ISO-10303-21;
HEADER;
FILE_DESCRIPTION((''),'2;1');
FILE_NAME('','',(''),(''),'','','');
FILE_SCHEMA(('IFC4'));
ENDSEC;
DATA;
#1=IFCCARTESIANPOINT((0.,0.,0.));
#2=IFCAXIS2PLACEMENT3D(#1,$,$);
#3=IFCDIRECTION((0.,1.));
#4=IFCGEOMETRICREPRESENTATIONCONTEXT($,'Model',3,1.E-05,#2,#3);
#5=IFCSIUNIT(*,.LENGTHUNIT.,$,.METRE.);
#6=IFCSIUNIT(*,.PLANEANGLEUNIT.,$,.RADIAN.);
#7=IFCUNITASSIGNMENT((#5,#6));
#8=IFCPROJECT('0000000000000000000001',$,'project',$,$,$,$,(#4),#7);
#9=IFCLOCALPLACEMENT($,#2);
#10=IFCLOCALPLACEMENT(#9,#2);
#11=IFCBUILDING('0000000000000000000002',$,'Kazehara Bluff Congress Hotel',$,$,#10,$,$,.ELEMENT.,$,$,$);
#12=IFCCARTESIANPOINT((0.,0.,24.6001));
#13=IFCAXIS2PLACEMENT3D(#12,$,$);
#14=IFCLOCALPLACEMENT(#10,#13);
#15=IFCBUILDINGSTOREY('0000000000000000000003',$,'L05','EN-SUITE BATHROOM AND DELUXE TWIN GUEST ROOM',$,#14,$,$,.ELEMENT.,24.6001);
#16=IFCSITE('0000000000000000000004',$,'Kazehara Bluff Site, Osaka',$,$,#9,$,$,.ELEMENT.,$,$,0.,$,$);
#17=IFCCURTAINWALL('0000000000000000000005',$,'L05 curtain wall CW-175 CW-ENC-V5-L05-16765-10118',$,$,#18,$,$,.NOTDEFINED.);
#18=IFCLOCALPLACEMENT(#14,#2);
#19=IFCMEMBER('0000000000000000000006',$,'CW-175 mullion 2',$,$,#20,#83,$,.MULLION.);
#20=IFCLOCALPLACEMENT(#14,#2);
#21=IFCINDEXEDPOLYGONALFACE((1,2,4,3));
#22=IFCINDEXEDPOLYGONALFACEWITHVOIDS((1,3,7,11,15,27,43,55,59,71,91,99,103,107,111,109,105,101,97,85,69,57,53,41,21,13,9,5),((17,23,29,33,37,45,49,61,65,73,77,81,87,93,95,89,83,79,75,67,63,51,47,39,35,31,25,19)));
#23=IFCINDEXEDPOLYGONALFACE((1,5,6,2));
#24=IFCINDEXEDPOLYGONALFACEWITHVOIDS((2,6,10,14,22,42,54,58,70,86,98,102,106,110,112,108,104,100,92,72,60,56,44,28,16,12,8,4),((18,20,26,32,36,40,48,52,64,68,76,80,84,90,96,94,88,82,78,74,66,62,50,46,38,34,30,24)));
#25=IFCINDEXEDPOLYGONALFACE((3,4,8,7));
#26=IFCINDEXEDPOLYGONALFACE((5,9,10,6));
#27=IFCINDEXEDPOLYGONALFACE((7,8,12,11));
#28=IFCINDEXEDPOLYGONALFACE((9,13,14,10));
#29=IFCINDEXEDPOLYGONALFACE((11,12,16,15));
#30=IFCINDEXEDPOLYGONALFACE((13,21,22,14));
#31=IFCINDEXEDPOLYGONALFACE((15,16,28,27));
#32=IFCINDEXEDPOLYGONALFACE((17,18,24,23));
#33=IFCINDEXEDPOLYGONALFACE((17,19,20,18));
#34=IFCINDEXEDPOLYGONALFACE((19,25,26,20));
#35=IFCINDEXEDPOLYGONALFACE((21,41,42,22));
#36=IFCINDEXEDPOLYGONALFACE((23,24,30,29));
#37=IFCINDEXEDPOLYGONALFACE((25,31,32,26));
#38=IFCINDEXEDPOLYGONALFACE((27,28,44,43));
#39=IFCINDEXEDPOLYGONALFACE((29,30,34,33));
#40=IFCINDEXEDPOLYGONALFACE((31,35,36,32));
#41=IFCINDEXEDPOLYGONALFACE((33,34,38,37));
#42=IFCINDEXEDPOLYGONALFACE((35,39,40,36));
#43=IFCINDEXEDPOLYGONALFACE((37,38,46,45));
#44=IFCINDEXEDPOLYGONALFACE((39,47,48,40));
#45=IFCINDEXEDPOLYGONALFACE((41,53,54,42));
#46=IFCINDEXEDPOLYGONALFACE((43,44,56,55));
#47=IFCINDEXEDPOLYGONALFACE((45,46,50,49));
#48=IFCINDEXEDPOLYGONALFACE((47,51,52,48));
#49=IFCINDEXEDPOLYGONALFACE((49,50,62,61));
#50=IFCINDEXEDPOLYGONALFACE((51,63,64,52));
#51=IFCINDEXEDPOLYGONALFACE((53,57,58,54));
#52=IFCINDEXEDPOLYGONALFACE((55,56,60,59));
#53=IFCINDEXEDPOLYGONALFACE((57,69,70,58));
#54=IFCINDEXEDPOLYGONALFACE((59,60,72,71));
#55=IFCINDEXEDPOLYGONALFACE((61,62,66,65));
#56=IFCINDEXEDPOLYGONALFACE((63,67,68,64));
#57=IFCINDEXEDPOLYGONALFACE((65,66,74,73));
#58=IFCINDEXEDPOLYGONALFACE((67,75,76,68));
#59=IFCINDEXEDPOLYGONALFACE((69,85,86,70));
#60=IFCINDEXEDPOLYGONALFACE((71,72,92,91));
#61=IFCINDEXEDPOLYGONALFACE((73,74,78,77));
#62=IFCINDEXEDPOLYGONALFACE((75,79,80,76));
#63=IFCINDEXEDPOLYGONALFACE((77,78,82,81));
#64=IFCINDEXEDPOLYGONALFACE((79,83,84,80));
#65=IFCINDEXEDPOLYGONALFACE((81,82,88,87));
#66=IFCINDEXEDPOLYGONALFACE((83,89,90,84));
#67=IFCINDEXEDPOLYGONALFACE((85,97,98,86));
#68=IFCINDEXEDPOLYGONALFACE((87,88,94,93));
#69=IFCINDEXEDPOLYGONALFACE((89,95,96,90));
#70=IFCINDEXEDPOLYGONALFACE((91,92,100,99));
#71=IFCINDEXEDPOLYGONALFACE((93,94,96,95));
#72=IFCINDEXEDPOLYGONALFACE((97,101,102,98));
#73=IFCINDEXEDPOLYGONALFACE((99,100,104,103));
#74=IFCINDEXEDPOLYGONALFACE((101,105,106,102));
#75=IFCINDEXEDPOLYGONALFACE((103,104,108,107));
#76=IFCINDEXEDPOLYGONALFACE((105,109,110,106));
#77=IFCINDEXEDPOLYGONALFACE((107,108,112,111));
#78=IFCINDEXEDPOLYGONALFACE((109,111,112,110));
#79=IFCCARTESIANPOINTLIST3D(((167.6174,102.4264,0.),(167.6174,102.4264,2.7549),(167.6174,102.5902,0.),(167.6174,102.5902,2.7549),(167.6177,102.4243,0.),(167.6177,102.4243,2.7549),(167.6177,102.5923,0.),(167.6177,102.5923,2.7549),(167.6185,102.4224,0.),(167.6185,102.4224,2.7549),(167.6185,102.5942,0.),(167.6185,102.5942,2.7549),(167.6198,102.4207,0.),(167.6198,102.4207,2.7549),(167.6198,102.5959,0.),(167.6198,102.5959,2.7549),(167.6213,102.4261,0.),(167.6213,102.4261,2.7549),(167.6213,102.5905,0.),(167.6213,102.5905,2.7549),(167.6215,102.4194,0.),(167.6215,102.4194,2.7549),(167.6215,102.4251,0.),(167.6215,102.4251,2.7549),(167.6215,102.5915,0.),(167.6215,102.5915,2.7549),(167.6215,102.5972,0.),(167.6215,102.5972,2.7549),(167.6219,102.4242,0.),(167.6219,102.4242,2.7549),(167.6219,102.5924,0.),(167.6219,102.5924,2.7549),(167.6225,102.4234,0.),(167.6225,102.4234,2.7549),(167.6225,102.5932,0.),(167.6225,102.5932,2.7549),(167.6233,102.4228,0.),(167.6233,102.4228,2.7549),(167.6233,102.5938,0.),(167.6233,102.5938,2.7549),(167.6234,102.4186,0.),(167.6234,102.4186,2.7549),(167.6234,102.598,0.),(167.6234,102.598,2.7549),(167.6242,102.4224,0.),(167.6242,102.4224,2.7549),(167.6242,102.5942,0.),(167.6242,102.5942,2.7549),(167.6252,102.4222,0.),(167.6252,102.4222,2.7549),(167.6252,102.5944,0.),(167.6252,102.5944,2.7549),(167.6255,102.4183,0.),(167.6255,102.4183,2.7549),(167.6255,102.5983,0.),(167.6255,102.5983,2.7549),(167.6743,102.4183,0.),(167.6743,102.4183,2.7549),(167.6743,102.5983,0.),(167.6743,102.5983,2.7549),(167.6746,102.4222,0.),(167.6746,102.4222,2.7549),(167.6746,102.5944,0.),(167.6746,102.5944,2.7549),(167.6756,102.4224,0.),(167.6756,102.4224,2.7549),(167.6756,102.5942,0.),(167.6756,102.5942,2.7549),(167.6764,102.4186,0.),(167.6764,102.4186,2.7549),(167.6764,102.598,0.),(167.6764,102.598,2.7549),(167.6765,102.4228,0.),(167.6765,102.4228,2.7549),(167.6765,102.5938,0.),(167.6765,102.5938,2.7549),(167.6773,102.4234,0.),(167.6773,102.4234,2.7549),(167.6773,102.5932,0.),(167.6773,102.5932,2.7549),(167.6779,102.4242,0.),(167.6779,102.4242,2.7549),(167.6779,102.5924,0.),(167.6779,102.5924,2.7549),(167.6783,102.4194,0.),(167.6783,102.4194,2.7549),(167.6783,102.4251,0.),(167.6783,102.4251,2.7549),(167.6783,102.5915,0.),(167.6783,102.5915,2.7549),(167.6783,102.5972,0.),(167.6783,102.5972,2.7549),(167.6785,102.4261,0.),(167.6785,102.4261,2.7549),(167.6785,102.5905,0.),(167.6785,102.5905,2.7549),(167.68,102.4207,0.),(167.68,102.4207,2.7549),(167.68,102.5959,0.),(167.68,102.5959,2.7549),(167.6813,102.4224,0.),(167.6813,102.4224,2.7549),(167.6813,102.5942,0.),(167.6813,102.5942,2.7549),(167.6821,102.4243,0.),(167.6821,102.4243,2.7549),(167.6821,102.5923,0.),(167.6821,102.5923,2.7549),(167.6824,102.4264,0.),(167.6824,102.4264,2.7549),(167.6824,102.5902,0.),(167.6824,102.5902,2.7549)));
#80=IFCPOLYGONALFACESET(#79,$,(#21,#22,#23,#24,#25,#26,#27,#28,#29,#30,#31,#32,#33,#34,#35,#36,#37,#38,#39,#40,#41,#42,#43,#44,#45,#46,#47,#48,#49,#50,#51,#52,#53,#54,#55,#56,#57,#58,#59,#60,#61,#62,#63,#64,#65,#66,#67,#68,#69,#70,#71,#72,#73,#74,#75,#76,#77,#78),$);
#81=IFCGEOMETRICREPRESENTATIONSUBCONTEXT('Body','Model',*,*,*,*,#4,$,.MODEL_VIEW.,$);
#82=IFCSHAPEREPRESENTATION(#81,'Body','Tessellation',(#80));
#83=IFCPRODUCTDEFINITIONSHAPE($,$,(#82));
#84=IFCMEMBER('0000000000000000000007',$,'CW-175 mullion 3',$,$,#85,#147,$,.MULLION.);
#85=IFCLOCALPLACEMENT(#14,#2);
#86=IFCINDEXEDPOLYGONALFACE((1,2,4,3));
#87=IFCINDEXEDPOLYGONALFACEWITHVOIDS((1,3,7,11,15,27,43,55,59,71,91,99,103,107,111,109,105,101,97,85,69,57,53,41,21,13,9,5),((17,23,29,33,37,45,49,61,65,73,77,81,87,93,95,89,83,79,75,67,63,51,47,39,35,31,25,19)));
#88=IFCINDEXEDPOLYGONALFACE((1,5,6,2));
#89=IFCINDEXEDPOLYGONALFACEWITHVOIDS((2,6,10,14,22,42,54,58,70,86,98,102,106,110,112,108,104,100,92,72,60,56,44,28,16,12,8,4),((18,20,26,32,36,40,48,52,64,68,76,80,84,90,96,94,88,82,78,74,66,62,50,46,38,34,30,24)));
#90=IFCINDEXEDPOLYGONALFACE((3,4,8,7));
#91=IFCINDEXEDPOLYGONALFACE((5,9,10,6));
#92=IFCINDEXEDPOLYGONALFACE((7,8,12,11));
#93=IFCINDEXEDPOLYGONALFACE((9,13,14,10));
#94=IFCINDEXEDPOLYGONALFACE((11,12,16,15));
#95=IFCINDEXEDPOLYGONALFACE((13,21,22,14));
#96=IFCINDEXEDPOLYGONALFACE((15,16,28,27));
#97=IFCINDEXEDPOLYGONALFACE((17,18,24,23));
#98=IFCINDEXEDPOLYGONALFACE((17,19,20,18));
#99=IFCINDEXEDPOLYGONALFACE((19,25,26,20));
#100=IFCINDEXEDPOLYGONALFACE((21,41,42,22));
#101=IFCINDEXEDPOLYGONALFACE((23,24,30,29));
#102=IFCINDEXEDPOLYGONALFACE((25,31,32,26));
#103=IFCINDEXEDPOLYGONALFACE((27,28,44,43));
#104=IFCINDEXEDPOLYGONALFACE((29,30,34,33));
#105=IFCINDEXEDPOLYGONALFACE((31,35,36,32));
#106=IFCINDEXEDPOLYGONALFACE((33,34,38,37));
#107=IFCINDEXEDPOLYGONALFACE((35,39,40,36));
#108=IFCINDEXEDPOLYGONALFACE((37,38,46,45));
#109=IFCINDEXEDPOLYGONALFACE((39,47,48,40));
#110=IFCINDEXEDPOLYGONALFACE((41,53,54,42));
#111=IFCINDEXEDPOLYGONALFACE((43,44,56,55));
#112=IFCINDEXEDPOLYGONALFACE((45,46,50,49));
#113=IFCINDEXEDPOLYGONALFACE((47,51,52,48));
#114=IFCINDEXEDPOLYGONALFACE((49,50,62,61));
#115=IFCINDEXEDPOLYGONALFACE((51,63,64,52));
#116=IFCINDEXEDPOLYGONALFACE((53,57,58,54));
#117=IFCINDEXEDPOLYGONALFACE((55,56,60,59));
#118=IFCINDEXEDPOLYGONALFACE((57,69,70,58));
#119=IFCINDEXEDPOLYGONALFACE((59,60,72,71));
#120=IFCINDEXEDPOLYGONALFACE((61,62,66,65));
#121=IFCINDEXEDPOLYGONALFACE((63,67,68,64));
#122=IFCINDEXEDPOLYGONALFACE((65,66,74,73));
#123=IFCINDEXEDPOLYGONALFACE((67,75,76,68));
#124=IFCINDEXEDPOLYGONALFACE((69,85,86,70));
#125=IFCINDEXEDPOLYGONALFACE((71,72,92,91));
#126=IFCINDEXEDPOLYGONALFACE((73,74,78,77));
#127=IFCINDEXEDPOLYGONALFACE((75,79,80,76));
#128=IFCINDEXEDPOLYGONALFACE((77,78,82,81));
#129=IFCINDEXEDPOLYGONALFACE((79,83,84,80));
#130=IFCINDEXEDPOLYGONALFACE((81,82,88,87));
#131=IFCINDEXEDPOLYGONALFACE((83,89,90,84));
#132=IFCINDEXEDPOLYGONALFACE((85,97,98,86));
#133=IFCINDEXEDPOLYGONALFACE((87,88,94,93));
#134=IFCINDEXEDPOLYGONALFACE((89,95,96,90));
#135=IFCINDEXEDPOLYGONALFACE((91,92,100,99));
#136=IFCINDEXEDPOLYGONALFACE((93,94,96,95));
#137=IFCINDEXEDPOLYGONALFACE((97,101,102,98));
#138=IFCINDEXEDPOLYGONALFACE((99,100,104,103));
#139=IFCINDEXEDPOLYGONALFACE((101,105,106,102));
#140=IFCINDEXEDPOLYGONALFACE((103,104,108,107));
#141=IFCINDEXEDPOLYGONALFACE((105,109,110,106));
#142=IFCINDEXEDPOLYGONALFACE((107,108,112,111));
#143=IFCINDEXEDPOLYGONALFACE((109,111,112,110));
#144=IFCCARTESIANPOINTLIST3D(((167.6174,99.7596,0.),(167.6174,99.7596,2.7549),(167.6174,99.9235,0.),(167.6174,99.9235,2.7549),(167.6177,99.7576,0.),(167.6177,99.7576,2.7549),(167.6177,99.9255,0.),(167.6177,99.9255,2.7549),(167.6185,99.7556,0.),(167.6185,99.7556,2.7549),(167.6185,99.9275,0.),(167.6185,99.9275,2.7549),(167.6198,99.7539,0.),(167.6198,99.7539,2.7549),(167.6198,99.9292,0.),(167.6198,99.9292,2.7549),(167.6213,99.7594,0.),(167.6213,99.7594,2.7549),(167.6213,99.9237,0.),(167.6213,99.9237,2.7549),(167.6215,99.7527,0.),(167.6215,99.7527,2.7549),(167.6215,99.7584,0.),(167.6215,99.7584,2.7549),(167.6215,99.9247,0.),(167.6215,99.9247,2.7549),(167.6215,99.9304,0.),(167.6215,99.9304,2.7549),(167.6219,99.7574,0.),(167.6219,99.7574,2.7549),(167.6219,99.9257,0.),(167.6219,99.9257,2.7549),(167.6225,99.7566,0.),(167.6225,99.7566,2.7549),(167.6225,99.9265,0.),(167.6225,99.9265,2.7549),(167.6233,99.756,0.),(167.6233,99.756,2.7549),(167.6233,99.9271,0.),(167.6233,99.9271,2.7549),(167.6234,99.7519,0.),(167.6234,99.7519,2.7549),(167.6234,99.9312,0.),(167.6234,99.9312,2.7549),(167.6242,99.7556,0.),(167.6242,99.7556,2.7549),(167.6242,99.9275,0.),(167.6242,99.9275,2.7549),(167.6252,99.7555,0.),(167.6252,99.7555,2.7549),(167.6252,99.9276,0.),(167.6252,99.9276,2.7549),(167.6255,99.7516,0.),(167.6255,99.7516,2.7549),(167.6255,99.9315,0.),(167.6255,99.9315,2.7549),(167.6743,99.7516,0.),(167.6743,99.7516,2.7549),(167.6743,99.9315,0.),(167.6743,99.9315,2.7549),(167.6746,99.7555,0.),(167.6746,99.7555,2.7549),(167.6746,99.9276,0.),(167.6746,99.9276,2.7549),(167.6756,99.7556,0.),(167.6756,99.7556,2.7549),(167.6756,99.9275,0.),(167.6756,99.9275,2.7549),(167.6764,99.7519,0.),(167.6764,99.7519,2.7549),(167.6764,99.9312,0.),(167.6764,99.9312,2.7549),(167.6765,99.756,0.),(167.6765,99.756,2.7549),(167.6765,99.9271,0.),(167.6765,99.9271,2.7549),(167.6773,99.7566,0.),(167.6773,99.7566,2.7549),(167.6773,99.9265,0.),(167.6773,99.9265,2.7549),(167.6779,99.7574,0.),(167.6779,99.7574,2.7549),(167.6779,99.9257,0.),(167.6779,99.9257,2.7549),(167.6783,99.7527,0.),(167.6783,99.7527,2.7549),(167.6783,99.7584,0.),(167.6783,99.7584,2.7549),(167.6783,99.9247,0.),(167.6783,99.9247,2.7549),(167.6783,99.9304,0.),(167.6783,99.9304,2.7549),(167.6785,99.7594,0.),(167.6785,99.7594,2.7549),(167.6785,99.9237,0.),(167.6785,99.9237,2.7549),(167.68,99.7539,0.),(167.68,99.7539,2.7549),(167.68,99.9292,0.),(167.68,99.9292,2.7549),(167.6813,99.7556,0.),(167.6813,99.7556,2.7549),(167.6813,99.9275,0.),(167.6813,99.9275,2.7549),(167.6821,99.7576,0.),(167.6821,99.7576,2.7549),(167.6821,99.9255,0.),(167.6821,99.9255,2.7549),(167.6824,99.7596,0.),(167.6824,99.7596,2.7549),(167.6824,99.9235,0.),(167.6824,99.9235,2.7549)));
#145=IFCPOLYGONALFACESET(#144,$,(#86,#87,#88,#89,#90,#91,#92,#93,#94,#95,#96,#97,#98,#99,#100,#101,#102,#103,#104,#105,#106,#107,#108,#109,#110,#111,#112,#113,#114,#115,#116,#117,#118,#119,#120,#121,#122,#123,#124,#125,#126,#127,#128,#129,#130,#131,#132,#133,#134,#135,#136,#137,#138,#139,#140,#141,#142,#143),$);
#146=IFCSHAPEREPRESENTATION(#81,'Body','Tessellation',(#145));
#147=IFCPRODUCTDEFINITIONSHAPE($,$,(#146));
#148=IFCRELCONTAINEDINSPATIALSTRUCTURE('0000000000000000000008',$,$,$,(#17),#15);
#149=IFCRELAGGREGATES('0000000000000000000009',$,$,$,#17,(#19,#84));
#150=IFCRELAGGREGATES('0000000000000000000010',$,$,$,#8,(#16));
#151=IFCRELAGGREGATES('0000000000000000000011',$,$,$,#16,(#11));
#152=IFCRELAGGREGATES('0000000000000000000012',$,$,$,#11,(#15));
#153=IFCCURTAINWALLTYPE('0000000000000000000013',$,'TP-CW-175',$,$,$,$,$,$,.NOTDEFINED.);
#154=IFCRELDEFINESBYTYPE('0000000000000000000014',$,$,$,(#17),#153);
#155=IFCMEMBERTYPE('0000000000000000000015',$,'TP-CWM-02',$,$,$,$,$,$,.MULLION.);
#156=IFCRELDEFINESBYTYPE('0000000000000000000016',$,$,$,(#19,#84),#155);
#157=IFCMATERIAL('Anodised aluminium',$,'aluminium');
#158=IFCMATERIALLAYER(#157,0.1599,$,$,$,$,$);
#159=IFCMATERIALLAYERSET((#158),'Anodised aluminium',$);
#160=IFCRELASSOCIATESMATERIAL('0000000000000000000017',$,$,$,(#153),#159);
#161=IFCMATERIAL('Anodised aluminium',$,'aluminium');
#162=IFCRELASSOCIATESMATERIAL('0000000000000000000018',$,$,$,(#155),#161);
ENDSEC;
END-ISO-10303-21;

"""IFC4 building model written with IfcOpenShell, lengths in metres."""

from ifc_helpers import new_model, si_unit, direction, frame, origin, origin_2d, place, context, subcontext, project, spatial, hollow_rectangle, extrude, material, layer, layer_set, material_profile, profile_set, type_object, element, aggregate, save


model = new_model("IFC4")

# Units and contexts
model_context = context("Model", 3, precision=1e-05, world=origin(), true_north=direction((0.0, 1.0)))
body_context = subcontext(model_context, "Body", "Model", "MODEL_VIEW")
ifc_project = project(units=[si_unit("LENGTHUNIT", "METRE"), si_unit("PLANEANGLEUNIT", "RADIAN")], contexts=[model_context])

# Site, building, storey
site_placement = place(None, origin())
site = spatial("IfcSite", under=ifc_project, at=site_placement, Name="Kazehara Bluff Site, Osaka", CompositionType="ELEMENT", RefElevation=0.0)
building_placement = place(site_placement, origin())
building = spatial("IfcBuilding", under=site, at=building_placement, Name="Kazehara Bluff Congress Hotel", CompositionType="ELEMENT")
storey_placement = place(building_placement, frame((0.0, 0.0, 24.6001)))
storey = spatial("IfcBuildingStorey", under=building, at=storey_placement, Name="L05", Description="EN-SUITE BATHROOM AND DELUXE TWIN GUEST ROOM", CompositionType="ELEMENT", Elevation=24.6001)

# Curtain wall, members
ifc_material_1 = material(Name="Anodised aluminium", Category="aluminium")
ifc_layer_1 = layer(ifc_material_1, 0.1599)
ifc_layer_set_1 = layer_set([ifc_layer_1], Name="Anodised aluminium")
curtain_wall_type = type_object("IfcCurtainWallType", Name="TP-CW-175", PredefinedType="NOTDEFINED", material=ifc_layer_set_1)
curtain_wall_placement = place(storey_placement, origin())
curtain_wall = element("IfcCurtainWall", 1, at=curtain_wall_placement, inside=storey, type_object=curtain_wall_type, Name="L05 curtain wall CW-175 CW-ENC-V5-L05-16765-10118", PredefinedType="NOTDEFINED")
ifc_material_2 = material(Name="Anodised aluminium", Category="aluminium")
ifc_material_profile_1 = material_profile(ifc_material_2, hollow_rectangle(XDim=0.0649, YDim=0.1799, WallThickness=0.0039, InnerFilletRadius=0.0039, OuterFilletRadius=0.0081, at=origin_2d()))
ifc_profile_set_1 = profile_set([ifc_material_profile_1], Name="Anodised aluminium")
member_type_1 = type_object("IfcMemberType", Name="TP-CWM-02", PredefinedType="MULLION", material=ifc_profile_set_1)
member_1_placement = place(storey_placement, frame((167.6499, 102.5083, 0.0), z_axis=(0.0, 0.0, 1.0), x_axis=(1.0, 0.0, 0.0)))
member_1 = element("IfcMember", 2, at=member_1_placement, type_object=member_type_1, Name="CW-175 mullion 2", PredefinedType="MULLION", context=body_context, shape_type="SweptSolid", body=[
    extrude(hollow_rectangle(XDim=0.0649, YDim=0.1799, WallThickness=0.0039, InnerFilletRadius=0.0039, OuterFilletRadius=0.0081, at=origin_2d()), origin(), (0.0, 0.0, 1.0), 2.7549),
])
member_2_placement = place(storey_placement, frame((167.6499, 99.8416, 0.0), z_axis=(0.0, 0.0, 1.0), x_axis=(1.0, 0.0, 0.0)))
member_2 = element("IfcMember", 3, at=member_2_placement, type_object=member_type_1, Name="CW-175 mullion 3", PredefinedType="MULLION", context=body_context, shape_type="SweptSolid", body=[
    extrude(hollow_rectangle(XDim=0.0649, YDim=0.1799, WallThickness=0.0039, InnerFilletRadius=0.0039, OuterFilletRadius=0.0081, at=origin_2d()), origin(), (0.0, 0.0, 1.0), 2.7549),
])
aggregate(curtain_wall, [member_1, member_2])

save(model, "model.ifc")
